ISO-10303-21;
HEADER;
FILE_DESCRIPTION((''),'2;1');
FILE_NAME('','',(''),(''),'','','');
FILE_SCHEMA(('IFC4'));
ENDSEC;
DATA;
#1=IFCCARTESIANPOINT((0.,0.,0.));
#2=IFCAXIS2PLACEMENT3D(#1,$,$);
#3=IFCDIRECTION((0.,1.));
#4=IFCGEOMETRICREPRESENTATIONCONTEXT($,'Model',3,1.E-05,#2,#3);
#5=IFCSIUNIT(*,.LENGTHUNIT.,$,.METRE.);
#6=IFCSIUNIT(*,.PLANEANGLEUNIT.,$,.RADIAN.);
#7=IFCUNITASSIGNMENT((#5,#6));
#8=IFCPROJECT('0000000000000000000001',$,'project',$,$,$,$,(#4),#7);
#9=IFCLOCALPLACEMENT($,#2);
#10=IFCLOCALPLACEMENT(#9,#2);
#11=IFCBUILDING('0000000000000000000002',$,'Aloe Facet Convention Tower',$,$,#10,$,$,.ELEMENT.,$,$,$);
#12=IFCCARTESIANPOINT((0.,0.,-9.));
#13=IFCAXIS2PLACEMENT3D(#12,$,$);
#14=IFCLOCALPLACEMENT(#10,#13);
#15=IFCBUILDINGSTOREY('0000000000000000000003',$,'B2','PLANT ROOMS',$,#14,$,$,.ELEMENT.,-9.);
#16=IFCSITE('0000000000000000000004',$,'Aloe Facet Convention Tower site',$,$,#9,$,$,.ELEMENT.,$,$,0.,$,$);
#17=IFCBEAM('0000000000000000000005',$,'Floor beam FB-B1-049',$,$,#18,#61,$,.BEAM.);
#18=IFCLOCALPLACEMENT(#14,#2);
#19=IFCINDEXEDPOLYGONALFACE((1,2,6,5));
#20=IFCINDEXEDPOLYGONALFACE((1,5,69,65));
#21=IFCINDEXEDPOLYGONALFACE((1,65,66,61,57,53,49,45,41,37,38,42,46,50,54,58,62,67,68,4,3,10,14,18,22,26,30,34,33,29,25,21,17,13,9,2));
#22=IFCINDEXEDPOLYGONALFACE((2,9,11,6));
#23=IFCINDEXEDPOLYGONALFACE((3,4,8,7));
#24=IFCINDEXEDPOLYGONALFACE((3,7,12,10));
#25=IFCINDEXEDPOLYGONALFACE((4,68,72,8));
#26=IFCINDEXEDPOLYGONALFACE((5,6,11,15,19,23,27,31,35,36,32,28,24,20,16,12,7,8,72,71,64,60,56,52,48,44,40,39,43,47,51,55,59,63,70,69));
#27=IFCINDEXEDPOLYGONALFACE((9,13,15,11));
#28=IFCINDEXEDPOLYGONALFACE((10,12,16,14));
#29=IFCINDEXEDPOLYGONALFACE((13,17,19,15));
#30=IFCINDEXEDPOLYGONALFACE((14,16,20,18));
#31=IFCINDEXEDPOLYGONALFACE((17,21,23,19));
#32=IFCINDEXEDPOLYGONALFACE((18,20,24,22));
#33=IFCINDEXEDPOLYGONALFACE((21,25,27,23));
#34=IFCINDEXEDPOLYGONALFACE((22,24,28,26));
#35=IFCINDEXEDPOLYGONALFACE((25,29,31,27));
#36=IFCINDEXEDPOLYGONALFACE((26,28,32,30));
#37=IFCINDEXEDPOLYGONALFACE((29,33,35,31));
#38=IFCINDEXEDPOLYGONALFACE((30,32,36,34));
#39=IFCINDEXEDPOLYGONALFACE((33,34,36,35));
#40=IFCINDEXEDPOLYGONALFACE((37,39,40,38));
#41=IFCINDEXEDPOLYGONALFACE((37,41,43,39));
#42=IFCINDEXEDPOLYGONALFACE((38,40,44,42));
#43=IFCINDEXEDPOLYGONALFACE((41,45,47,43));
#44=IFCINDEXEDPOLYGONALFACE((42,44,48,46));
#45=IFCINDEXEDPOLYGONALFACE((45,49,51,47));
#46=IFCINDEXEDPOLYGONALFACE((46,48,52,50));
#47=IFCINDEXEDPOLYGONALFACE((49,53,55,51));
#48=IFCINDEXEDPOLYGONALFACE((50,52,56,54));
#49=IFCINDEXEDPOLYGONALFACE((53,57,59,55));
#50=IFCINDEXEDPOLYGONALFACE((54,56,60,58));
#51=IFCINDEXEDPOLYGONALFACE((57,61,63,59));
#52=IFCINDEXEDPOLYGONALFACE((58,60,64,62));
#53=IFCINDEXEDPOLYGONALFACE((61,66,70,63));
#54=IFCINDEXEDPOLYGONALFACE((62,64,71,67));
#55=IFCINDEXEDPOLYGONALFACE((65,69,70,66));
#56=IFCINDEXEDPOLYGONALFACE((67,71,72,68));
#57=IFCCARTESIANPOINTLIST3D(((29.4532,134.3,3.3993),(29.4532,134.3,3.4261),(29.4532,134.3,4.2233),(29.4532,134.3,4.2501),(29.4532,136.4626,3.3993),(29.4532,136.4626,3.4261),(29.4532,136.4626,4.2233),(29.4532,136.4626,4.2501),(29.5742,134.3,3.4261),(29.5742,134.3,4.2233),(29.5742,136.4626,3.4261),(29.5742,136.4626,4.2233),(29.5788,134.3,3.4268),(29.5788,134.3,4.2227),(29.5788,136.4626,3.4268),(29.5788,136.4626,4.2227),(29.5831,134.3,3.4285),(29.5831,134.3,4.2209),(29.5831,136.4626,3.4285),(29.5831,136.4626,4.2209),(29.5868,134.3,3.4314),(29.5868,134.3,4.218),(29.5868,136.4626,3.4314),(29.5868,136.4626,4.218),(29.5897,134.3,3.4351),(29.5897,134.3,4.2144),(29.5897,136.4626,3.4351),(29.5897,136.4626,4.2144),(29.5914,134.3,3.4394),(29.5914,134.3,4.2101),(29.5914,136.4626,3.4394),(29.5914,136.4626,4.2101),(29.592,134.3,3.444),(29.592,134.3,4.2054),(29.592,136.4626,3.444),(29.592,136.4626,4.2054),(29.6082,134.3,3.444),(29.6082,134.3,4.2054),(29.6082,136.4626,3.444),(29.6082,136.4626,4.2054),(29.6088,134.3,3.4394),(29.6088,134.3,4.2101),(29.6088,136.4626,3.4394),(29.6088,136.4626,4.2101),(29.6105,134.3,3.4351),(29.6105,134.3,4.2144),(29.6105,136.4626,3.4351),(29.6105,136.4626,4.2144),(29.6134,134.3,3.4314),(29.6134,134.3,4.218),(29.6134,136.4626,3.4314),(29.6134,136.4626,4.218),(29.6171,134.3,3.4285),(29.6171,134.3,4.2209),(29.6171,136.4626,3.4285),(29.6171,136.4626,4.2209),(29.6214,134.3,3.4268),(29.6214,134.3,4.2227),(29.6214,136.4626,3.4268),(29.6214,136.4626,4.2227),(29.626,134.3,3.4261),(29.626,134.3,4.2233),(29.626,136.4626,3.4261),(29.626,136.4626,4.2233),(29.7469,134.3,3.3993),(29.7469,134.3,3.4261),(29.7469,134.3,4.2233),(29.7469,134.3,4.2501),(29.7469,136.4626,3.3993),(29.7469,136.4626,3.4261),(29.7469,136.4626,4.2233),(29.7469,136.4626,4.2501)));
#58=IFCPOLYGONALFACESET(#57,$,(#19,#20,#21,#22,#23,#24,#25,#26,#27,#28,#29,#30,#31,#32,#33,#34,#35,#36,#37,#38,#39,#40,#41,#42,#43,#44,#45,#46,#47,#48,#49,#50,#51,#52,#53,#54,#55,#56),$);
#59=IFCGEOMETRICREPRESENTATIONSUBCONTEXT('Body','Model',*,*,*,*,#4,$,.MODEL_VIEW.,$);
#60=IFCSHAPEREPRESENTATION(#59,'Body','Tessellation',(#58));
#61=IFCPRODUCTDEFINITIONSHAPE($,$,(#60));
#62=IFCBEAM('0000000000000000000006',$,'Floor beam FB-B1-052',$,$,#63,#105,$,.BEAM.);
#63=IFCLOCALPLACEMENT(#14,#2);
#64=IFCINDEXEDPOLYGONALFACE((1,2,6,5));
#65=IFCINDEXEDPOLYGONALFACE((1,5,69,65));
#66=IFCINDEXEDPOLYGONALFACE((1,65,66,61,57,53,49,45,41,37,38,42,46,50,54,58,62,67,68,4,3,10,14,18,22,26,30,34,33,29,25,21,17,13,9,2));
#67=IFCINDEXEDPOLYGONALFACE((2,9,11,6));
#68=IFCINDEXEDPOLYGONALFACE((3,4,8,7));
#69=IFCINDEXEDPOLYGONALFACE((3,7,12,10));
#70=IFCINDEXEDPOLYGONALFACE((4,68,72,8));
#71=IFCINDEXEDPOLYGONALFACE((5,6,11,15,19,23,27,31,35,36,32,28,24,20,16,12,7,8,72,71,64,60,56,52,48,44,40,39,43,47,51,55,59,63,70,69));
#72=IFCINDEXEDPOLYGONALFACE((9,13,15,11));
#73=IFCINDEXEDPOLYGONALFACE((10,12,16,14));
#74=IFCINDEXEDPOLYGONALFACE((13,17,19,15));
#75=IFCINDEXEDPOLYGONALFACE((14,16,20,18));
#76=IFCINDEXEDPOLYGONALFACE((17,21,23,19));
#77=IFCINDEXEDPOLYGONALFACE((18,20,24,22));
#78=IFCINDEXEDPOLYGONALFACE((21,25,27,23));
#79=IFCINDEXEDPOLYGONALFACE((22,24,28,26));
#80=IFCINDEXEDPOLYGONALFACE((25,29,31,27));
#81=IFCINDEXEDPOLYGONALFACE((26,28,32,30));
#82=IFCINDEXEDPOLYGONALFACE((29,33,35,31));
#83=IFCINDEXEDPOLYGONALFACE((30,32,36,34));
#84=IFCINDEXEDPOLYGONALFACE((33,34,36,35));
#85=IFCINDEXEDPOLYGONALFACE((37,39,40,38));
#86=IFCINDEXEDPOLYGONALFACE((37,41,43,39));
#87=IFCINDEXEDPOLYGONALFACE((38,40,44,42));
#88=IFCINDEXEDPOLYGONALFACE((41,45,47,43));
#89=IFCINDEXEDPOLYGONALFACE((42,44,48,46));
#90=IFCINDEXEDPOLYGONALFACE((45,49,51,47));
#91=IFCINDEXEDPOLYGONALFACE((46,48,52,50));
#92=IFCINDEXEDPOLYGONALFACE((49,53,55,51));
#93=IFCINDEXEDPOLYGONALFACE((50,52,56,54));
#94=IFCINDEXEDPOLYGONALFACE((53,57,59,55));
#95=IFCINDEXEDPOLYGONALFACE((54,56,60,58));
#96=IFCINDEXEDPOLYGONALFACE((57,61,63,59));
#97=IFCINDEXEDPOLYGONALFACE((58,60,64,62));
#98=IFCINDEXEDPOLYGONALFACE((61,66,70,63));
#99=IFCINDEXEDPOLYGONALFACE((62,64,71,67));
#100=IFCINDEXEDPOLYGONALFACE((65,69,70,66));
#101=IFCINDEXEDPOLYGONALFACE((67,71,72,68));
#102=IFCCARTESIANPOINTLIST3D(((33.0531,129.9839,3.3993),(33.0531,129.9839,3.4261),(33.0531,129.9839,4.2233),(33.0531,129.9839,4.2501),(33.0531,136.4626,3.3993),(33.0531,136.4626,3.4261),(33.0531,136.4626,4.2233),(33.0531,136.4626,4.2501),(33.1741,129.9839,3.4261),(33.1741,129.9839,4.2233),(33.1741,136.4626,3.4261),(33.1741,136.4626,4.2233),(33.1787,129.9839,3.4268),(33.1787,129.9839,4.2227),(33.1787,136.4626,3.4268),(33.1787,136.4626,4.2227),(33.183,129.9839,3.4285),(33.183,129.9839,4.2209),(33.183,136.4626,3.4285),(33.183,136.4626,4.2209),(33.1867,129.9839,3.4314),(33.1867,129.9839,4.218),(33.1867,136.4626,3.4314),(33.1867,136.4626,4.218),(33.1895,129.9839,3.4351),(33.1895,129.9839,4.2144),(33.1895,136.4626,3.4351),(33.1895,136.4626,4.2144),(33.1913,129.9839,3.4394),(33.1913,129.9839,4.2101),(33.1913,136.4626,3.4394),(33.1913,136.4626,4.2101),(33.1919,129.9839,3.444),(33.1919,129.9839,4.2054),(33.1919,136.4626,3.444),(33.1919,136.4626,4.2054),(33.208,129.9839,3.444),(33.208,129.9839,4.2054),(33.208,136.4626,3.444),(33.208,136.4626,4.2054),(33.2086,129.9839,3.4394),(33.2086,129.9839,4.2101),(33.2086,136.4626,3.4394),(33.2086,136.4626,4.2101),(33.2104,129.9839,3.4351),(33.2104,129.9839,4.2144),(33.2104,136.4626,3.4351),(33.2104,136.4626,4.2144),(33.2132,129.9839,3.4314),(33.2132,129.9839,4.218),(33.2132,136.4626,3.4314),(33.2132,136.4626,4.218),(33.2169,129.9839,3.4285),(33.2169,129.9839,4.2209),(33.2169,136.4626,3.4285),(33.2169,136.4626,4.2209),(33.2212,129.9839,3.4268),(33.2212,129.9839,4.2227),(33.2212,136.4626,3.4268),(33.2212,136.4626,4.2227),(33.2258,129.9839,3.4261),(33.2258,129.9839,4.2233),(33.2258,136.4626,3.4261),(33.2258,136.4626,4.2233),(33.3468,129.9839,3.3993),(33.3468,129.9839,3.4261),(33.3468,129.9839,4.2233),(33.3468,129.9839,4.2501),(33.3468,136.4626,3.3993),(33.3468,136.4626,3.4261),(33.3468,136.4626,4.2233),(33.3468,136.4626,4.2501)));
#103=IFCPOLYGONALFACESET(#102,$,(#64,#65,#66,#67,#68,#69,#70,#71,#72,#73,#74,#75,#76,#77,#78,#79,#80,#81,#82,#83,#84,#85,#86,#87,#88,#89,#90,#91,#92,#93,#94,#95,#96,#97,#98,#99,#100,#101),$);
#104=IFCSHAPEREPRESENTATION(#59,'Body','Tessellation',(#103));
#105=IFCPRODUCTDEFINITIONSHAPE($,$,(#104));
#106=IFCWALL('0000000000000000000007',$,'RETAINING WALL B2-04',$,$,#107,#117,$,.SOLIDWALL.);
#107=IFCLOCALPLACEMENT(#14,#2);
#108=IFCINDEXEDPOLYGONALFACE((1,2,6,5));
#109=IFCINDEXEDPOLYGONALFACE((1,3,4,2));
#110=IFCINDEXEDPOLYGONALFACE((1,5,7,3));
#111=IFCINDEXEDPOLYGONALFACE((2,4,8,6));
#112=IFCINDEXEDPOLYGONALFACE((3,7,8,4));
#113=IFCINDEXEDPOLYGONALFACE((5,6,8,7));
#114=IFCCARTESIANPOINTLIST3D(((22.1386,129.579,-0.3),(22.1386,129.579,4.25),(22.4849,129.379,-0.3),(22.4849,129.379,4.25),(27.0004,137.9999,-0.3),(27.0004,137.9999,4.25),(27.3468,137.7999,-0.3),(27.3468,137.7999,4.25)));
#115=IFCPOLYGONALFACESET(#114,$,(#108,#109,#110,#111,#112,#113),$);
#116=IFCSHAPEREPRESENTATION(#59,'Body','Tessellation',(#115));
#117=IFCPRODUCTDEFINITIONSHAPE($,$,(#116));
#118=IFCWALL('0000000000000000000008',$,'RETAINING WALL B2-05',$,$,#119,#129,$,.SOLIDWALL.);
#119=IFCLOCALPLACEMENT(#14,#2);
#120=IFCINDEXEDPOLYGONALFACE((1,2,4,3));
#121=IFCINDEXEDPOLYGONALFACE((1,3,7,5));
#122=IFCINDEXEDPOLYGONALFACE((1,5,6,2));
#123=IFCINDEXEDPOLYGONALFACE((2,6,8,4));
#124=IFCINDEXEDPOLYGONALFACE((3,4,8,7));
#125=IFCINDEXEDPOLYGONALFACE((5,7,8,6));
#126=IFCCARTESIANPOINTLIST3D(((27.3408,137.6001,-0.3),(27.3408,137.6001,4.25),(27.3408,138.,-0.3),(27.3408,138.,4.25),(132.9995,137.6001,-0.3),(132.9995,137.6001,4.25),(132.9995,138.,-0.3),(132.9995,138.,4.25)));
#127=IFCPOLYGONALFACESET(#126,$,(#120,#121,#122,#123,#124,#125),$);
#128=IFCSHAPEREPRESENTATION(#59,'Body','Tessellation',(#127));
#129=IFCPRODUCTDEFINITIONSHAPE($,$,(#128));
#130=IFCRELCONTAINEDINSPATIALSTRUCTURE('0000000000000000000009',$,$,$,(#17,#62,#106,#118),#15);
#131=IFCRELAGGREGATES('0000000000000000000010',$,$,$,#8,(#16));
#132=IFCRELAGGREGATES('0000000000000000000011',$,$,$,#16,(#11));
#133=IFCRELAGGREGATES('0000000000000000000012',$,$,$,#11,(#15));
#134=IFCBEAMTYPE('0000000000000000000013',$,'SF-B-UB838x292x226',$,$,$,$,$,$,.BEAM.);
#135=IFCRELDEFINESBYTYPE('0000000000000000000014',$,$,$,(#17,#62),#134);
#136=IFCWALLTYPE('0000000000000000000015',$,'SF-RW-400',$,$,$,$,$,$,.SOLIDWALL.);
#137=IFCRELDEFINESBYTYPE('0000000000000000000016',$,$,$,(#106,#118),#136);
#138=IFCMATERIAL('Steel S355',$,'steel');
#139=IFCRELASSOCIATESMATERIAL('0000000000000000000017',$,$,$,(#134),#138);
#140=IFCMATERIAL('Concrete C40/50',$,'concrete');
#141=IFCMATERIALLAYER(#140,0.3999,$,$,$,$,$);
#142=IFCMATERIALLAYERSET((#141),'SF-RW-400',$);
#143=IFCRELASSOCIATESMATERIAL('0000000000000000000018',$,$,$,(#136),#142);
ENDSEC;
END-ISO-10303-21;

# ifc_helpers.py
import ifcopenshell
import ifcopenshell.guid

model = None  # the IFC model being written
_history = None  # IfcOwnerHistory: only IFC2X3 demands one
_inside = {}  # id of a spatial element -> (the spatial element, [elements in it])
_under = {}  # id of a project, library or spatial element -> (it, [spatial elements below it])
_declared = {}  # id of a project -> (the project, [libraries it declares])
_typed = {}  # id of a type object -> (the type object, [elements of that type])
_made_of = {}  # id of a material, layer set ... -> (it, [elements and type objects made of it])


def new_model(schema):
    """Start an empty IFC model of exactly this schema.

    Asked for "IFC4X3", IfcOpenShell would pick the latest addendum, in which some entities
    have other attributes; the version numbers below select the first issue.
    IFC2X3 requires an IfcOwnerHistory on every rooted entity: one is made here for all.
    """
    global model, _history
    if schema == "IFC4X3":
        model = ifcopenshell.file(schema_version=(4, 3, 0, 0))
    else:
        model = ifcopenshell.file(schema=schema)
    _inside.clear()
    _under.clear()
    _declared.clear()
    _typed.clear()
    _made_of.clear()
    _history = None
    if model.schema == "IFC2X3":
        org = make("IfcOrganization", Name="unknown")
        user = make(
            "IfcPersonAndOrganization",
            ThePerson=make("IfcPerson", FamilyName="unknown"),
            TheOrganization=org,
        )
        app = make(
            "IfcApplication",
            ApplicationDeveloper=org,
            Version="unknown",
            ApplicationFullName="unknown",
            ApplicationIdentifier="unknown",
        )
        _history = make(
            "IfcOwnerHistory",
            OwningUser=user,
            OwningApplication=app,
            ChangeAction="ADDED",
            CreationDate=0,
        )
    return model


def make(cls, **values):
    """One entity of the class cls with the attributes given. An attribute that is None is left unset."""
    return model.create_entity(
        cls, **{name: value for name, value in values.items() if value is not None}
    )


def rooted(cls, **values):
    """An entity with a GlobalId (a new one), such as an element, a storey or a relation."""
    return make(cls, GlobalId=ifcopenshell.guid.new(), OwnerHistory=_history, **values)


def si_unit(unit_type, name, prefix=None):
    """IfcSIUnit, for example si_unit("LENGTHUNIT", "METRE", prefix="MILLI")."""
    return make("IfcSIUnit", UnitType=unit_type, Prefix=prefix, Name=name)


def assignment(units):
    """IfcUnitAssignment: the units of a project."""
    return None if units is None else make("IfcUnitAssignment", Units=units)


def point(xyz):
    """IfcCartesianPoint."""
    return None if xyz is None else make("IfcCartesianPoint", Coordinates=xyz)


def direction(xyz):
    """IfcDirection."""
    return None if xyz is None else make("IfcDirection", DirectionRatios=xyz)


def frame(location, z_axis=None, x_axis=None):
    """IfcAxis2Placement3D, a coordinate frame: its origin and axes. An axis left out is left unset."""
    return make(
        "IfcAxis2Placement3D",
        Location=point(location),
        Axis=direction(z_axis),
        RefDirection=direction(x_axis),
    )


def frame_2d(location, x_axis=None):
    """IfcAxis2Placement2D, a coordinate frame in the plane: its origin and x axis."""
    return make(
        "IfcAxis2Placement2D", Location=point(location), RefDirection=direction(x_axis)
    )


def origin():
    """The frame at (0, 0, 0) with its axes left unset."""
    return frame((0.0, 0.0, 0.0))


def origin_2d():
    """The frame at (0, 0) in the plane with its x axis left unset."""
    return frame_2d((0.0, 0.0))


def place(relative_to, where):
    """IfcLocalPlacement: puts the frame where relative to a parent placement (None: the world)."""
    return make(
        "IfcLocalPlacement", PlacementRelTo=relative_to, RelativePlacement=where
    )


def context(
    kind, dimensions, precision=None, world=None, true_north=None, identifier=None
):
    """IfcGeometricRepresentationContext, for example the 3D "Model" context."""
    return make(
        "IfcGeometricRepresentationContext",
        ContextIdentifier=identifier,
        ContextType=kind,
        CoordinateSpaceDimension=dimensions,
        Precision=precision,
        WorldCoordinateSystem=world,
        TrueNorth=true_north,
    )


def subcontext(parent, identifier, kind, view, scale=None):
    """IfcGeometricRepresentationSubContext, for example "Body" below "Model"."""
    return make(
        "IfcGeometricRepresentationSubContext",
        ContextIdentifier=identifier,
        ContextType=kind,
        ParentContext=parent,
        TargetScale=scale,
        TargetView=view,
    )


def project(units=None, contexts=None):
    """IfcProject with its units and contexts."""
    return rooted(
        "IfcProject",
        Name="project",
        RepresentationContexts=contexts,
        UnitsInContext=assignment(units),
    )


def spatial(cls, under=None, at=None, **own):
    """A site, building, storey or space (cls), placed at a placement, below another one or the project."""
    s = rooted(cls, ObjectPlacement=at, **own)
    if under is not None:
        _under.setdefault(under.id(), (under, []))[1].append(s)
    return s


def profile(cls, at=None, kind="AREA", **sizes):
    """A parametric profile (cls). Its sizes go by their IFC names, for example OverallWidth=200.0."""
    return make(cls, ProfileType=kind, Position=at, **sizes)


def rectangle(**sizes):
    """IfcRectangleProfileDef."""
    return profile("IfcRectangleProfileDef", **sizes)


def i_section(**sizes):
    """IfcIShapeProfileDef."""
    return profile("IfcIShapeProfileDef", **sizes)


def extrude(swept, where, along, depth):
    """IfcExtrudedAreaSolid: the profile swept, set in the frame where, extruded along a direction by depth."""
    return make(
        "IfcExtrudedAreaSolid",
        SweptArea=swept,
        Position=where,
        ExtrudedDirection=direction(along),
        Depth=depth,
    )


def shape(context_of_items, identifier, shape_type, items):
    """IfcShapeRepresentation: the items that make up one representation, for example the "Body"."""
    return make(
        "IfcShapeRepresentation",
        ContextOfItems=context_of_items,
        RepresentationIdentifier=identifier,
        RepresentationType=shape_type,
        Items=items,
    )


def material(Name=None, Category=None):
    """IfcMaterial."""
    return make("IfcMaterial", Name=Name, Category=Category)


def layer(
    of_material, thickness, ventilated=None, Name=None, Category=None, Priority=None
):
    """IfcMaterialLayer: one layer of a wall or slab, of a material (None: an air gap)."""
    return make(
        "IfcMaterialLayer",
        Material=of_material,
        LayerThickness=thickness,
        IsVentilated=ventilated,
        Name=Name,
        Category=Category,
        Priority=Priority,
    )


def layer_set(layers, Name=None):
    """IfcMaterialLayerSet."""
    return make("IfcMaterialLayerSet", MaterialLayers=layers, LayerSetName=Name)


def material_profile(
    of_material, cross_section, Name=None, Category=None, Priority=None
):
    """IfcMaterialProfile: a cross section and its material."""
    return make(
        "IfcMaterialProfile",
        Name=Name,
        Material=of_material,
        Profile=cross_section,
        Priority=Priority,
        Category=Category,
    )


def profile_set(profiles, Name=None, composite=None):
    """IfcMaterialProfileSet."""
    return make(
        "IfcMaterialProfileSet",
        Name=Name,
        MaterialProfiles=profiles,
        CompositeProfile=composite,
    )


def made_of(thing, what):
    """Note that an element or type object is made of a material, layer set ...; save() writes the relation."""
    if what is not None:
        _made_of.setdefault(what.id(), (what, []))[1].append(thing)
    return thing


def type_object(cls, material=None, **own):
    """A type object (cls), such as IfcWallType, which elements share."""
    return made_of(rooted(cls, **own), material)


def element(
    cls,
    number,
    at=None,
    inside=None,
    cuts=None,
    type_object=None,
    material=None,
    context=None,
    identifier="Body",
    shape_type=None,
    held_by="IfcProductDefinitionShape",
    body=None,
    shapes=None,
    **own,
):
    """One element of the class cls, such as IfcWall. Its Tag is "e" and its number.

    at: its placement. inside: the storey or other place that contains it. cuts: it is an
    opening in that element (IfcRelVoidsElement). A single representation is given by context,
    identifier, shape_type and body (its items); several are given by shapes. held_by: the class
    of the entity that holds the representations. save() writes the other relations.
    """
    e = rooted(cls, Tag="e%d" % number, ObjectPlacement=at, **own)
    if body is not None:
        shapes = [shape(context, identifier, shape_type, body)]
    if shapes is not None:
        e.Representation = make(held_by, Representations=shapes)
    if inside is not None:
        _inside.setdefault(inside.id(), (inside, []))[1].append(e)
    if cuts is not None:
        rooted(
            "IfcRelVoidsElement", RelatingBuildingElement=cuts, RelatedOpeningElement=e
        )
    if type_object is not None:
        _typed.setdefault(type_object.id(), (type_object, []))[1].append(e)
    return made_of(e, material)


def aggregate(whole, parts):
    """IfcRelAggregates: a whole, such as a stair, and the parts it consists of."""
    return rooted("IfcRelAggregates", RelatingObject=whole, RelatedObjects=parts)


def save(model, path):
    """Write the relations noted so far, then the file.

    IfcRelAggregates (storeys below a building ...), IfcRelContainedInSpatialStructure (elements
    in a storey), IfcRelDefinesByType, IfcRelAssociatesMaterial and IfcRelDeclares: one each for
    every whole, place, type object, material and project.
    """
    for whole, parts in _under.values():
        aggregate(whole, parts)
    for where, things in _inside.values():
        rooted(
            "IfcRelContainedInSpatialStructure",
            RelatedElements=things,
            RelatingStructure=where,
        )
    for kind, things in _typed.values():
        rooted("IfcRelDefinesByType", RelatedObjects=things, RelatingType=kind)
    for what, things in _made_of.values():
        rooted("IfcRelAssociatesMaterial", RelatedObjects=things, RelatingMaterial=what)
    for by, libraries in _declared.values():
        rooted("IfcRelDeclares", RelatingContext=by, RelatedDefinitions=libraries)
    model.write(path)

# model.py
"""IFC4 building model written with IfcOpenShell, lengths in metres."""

from ifc_helpers import new_model, si_unit, direction, frame, frame_2d, origin, origin_2d, place, context, subcontext, project, spatial, rectangle, i_section, extrude, material, layer, layer_set, material_profile, profile_set, type_object, element, save


model = new_model("IFC4")

# Units and contexts
model_context = context("Model", 3, precision=1e-05, world=origin(), true_north=direction((0.0, 1.0)))
body_context = subcontext(model_context, "Body", "Model", "MODEL_VIEW")
ifc_project = project(units=[si_unit("LENGTHUNIT", "METRE"), si_unit("PLANEANGLEUNIT", "RADIAN")], contexts=[model_context])

# Site, building, storey
site_placement = place(None, origin())
site = spatial("IfcSite", under=ifc_project, at=site_placement, Name="Aloe Facet Convention Tower site", CompositionType="ELEMENT", RefElevation=0.0)
building_placement = place(site_placement, origin())
building = spatial("IfcBuilding", under=site, at=building_placement, Name="Aloe Facet Convention Tower", CompositionType="ELEMENT")
storey_placement = place(building_placement, frame((0.0, 0.0, -9.0)))
storey = spatial("IfcBuildingStorey", under=building, at=storey_placement, Name="B2", Description="PLANT ROOMS", CompositionType="ELEMENT", Elevation=-9.0)

# Beams
ifc_material_1 = material(Name="Steel S355", Category="steel")
ifc_material_profile_1 = material_profile(ifc_material_1, i_section(OverallWidth=0.2937, OverallDepth=0.8508, WebThickness=0.0161, FlangeThickness=0.0269, FilletRadius=0.0178, at=origin_2d()), Name="UB 838x292x226")
ifc_profile_set_1 = profile_set([ifc_material_profile_1], Name="Steel S355")
beam_type_1 = type_object("IfcBeamType", Name="SF-B-UB838x292x226", PredefinedType="BEAM", material=ifc_profile_set_1)
beam_1_placement = place(storey_placement, frame((29.6001, 134.3, 3.8247), z_axis=(0.0, 1.0, 0.0), x_axis=(-1.0, 0.0, 0.0)))
element("IfcBeam", 1, at=beam_1_placement, inside=storey, type_object=beam_type_1, Name="Floor beam FB-B1-049", PredefinedType="BEAM", context=body_context, shape_type="SweptSolid", body=[
    extrude(i_section(OverallWidth=0.2937, OverallDepth=0.8508, WebThickness=0.0161, FlangeThickness=0.0269, FilletRadius=0.0178, at=origin_2d()), origin(), (0.0, 0.0, 1.0), 2.1626),
])
beam_2_placement = place(storey_placement, frame((33.2, 129.9839, 3.8247), z_axis=(0.0, 1.0, 0.0), x_axis=(-1.0, 0.0, 0.0)))
element("IfcBeam", 2, at=beam_2_placement, inside=storey, type_object=beam_type_1, Name="Floor beam FB-B1-052", PredefinedType="BEAM", context=body_context, shape_type="SweptSolid", body=[
    extrude(i_section(OverallWidth=0.2937, OverallDepth=0.8508, WebThickness=0.0161, FlangeThickness=0.0269, FilletRadius=0.0178, at=origin_2d()), origin(), (0.0, 0.0, 1.0), 6.4788),
])

# Walls
ifc_material_2 = material(Name="Concrete C40/50", Category="concrete")
ifc_layer = layer(ifc_material_2, 0.3999)
ifc_layer_set = layer_set([ifc_layer], Name="SF-RW-400")
wall_type = type_object("IfcWallType", Name="SF-RW-400", PredefinedType="SOLIDWALL", material=ifc_layer_set)
wall_1_placement = place(storey_placement, frame((22.3118, 129.479, -0.3), z_axis=(0.0, 0.0, 1.0), x_axis=(0.500001, 0.866025, 0.0)))
element("IfcWall", 3, at=wall_1_placement, inside=storey, type_object=wall_type, Name="RETAINING WALL B2-04", PredefinedType="SOLIDWALL", context=body_context, shape_type="SweptSolid", body=[
    extrude(rectangle(XDim=9.7236, YDim=0.3999, at=frame_2d((4.8618, 0.0))), origin(), (0.0, 0.0, 1.0), 4.55),
])
wall_2_placement = place(storey_placement, frame((27.3408, 137.8, -0.3), z_axis=(0.0, 0.0, 1.0), x_axis=(1.0, 0.0, 0.0)))
element("IfcWall", 4, at=wall_2_placement, inside=storey, type_object=wall_type, Name="RETAINING WALL B2-05", PredefinedType="SOLIDWALL", context=body_context, shape_type="SweptSolid", body=[
    extrude(rectangle(XDim=105.6587, YDim=0.3999, at=frame_2d((52.8293, 0.0))), origin(), (0.0, 0.0, 1.0), 4.55),
])

save(model, "model.ifc")
